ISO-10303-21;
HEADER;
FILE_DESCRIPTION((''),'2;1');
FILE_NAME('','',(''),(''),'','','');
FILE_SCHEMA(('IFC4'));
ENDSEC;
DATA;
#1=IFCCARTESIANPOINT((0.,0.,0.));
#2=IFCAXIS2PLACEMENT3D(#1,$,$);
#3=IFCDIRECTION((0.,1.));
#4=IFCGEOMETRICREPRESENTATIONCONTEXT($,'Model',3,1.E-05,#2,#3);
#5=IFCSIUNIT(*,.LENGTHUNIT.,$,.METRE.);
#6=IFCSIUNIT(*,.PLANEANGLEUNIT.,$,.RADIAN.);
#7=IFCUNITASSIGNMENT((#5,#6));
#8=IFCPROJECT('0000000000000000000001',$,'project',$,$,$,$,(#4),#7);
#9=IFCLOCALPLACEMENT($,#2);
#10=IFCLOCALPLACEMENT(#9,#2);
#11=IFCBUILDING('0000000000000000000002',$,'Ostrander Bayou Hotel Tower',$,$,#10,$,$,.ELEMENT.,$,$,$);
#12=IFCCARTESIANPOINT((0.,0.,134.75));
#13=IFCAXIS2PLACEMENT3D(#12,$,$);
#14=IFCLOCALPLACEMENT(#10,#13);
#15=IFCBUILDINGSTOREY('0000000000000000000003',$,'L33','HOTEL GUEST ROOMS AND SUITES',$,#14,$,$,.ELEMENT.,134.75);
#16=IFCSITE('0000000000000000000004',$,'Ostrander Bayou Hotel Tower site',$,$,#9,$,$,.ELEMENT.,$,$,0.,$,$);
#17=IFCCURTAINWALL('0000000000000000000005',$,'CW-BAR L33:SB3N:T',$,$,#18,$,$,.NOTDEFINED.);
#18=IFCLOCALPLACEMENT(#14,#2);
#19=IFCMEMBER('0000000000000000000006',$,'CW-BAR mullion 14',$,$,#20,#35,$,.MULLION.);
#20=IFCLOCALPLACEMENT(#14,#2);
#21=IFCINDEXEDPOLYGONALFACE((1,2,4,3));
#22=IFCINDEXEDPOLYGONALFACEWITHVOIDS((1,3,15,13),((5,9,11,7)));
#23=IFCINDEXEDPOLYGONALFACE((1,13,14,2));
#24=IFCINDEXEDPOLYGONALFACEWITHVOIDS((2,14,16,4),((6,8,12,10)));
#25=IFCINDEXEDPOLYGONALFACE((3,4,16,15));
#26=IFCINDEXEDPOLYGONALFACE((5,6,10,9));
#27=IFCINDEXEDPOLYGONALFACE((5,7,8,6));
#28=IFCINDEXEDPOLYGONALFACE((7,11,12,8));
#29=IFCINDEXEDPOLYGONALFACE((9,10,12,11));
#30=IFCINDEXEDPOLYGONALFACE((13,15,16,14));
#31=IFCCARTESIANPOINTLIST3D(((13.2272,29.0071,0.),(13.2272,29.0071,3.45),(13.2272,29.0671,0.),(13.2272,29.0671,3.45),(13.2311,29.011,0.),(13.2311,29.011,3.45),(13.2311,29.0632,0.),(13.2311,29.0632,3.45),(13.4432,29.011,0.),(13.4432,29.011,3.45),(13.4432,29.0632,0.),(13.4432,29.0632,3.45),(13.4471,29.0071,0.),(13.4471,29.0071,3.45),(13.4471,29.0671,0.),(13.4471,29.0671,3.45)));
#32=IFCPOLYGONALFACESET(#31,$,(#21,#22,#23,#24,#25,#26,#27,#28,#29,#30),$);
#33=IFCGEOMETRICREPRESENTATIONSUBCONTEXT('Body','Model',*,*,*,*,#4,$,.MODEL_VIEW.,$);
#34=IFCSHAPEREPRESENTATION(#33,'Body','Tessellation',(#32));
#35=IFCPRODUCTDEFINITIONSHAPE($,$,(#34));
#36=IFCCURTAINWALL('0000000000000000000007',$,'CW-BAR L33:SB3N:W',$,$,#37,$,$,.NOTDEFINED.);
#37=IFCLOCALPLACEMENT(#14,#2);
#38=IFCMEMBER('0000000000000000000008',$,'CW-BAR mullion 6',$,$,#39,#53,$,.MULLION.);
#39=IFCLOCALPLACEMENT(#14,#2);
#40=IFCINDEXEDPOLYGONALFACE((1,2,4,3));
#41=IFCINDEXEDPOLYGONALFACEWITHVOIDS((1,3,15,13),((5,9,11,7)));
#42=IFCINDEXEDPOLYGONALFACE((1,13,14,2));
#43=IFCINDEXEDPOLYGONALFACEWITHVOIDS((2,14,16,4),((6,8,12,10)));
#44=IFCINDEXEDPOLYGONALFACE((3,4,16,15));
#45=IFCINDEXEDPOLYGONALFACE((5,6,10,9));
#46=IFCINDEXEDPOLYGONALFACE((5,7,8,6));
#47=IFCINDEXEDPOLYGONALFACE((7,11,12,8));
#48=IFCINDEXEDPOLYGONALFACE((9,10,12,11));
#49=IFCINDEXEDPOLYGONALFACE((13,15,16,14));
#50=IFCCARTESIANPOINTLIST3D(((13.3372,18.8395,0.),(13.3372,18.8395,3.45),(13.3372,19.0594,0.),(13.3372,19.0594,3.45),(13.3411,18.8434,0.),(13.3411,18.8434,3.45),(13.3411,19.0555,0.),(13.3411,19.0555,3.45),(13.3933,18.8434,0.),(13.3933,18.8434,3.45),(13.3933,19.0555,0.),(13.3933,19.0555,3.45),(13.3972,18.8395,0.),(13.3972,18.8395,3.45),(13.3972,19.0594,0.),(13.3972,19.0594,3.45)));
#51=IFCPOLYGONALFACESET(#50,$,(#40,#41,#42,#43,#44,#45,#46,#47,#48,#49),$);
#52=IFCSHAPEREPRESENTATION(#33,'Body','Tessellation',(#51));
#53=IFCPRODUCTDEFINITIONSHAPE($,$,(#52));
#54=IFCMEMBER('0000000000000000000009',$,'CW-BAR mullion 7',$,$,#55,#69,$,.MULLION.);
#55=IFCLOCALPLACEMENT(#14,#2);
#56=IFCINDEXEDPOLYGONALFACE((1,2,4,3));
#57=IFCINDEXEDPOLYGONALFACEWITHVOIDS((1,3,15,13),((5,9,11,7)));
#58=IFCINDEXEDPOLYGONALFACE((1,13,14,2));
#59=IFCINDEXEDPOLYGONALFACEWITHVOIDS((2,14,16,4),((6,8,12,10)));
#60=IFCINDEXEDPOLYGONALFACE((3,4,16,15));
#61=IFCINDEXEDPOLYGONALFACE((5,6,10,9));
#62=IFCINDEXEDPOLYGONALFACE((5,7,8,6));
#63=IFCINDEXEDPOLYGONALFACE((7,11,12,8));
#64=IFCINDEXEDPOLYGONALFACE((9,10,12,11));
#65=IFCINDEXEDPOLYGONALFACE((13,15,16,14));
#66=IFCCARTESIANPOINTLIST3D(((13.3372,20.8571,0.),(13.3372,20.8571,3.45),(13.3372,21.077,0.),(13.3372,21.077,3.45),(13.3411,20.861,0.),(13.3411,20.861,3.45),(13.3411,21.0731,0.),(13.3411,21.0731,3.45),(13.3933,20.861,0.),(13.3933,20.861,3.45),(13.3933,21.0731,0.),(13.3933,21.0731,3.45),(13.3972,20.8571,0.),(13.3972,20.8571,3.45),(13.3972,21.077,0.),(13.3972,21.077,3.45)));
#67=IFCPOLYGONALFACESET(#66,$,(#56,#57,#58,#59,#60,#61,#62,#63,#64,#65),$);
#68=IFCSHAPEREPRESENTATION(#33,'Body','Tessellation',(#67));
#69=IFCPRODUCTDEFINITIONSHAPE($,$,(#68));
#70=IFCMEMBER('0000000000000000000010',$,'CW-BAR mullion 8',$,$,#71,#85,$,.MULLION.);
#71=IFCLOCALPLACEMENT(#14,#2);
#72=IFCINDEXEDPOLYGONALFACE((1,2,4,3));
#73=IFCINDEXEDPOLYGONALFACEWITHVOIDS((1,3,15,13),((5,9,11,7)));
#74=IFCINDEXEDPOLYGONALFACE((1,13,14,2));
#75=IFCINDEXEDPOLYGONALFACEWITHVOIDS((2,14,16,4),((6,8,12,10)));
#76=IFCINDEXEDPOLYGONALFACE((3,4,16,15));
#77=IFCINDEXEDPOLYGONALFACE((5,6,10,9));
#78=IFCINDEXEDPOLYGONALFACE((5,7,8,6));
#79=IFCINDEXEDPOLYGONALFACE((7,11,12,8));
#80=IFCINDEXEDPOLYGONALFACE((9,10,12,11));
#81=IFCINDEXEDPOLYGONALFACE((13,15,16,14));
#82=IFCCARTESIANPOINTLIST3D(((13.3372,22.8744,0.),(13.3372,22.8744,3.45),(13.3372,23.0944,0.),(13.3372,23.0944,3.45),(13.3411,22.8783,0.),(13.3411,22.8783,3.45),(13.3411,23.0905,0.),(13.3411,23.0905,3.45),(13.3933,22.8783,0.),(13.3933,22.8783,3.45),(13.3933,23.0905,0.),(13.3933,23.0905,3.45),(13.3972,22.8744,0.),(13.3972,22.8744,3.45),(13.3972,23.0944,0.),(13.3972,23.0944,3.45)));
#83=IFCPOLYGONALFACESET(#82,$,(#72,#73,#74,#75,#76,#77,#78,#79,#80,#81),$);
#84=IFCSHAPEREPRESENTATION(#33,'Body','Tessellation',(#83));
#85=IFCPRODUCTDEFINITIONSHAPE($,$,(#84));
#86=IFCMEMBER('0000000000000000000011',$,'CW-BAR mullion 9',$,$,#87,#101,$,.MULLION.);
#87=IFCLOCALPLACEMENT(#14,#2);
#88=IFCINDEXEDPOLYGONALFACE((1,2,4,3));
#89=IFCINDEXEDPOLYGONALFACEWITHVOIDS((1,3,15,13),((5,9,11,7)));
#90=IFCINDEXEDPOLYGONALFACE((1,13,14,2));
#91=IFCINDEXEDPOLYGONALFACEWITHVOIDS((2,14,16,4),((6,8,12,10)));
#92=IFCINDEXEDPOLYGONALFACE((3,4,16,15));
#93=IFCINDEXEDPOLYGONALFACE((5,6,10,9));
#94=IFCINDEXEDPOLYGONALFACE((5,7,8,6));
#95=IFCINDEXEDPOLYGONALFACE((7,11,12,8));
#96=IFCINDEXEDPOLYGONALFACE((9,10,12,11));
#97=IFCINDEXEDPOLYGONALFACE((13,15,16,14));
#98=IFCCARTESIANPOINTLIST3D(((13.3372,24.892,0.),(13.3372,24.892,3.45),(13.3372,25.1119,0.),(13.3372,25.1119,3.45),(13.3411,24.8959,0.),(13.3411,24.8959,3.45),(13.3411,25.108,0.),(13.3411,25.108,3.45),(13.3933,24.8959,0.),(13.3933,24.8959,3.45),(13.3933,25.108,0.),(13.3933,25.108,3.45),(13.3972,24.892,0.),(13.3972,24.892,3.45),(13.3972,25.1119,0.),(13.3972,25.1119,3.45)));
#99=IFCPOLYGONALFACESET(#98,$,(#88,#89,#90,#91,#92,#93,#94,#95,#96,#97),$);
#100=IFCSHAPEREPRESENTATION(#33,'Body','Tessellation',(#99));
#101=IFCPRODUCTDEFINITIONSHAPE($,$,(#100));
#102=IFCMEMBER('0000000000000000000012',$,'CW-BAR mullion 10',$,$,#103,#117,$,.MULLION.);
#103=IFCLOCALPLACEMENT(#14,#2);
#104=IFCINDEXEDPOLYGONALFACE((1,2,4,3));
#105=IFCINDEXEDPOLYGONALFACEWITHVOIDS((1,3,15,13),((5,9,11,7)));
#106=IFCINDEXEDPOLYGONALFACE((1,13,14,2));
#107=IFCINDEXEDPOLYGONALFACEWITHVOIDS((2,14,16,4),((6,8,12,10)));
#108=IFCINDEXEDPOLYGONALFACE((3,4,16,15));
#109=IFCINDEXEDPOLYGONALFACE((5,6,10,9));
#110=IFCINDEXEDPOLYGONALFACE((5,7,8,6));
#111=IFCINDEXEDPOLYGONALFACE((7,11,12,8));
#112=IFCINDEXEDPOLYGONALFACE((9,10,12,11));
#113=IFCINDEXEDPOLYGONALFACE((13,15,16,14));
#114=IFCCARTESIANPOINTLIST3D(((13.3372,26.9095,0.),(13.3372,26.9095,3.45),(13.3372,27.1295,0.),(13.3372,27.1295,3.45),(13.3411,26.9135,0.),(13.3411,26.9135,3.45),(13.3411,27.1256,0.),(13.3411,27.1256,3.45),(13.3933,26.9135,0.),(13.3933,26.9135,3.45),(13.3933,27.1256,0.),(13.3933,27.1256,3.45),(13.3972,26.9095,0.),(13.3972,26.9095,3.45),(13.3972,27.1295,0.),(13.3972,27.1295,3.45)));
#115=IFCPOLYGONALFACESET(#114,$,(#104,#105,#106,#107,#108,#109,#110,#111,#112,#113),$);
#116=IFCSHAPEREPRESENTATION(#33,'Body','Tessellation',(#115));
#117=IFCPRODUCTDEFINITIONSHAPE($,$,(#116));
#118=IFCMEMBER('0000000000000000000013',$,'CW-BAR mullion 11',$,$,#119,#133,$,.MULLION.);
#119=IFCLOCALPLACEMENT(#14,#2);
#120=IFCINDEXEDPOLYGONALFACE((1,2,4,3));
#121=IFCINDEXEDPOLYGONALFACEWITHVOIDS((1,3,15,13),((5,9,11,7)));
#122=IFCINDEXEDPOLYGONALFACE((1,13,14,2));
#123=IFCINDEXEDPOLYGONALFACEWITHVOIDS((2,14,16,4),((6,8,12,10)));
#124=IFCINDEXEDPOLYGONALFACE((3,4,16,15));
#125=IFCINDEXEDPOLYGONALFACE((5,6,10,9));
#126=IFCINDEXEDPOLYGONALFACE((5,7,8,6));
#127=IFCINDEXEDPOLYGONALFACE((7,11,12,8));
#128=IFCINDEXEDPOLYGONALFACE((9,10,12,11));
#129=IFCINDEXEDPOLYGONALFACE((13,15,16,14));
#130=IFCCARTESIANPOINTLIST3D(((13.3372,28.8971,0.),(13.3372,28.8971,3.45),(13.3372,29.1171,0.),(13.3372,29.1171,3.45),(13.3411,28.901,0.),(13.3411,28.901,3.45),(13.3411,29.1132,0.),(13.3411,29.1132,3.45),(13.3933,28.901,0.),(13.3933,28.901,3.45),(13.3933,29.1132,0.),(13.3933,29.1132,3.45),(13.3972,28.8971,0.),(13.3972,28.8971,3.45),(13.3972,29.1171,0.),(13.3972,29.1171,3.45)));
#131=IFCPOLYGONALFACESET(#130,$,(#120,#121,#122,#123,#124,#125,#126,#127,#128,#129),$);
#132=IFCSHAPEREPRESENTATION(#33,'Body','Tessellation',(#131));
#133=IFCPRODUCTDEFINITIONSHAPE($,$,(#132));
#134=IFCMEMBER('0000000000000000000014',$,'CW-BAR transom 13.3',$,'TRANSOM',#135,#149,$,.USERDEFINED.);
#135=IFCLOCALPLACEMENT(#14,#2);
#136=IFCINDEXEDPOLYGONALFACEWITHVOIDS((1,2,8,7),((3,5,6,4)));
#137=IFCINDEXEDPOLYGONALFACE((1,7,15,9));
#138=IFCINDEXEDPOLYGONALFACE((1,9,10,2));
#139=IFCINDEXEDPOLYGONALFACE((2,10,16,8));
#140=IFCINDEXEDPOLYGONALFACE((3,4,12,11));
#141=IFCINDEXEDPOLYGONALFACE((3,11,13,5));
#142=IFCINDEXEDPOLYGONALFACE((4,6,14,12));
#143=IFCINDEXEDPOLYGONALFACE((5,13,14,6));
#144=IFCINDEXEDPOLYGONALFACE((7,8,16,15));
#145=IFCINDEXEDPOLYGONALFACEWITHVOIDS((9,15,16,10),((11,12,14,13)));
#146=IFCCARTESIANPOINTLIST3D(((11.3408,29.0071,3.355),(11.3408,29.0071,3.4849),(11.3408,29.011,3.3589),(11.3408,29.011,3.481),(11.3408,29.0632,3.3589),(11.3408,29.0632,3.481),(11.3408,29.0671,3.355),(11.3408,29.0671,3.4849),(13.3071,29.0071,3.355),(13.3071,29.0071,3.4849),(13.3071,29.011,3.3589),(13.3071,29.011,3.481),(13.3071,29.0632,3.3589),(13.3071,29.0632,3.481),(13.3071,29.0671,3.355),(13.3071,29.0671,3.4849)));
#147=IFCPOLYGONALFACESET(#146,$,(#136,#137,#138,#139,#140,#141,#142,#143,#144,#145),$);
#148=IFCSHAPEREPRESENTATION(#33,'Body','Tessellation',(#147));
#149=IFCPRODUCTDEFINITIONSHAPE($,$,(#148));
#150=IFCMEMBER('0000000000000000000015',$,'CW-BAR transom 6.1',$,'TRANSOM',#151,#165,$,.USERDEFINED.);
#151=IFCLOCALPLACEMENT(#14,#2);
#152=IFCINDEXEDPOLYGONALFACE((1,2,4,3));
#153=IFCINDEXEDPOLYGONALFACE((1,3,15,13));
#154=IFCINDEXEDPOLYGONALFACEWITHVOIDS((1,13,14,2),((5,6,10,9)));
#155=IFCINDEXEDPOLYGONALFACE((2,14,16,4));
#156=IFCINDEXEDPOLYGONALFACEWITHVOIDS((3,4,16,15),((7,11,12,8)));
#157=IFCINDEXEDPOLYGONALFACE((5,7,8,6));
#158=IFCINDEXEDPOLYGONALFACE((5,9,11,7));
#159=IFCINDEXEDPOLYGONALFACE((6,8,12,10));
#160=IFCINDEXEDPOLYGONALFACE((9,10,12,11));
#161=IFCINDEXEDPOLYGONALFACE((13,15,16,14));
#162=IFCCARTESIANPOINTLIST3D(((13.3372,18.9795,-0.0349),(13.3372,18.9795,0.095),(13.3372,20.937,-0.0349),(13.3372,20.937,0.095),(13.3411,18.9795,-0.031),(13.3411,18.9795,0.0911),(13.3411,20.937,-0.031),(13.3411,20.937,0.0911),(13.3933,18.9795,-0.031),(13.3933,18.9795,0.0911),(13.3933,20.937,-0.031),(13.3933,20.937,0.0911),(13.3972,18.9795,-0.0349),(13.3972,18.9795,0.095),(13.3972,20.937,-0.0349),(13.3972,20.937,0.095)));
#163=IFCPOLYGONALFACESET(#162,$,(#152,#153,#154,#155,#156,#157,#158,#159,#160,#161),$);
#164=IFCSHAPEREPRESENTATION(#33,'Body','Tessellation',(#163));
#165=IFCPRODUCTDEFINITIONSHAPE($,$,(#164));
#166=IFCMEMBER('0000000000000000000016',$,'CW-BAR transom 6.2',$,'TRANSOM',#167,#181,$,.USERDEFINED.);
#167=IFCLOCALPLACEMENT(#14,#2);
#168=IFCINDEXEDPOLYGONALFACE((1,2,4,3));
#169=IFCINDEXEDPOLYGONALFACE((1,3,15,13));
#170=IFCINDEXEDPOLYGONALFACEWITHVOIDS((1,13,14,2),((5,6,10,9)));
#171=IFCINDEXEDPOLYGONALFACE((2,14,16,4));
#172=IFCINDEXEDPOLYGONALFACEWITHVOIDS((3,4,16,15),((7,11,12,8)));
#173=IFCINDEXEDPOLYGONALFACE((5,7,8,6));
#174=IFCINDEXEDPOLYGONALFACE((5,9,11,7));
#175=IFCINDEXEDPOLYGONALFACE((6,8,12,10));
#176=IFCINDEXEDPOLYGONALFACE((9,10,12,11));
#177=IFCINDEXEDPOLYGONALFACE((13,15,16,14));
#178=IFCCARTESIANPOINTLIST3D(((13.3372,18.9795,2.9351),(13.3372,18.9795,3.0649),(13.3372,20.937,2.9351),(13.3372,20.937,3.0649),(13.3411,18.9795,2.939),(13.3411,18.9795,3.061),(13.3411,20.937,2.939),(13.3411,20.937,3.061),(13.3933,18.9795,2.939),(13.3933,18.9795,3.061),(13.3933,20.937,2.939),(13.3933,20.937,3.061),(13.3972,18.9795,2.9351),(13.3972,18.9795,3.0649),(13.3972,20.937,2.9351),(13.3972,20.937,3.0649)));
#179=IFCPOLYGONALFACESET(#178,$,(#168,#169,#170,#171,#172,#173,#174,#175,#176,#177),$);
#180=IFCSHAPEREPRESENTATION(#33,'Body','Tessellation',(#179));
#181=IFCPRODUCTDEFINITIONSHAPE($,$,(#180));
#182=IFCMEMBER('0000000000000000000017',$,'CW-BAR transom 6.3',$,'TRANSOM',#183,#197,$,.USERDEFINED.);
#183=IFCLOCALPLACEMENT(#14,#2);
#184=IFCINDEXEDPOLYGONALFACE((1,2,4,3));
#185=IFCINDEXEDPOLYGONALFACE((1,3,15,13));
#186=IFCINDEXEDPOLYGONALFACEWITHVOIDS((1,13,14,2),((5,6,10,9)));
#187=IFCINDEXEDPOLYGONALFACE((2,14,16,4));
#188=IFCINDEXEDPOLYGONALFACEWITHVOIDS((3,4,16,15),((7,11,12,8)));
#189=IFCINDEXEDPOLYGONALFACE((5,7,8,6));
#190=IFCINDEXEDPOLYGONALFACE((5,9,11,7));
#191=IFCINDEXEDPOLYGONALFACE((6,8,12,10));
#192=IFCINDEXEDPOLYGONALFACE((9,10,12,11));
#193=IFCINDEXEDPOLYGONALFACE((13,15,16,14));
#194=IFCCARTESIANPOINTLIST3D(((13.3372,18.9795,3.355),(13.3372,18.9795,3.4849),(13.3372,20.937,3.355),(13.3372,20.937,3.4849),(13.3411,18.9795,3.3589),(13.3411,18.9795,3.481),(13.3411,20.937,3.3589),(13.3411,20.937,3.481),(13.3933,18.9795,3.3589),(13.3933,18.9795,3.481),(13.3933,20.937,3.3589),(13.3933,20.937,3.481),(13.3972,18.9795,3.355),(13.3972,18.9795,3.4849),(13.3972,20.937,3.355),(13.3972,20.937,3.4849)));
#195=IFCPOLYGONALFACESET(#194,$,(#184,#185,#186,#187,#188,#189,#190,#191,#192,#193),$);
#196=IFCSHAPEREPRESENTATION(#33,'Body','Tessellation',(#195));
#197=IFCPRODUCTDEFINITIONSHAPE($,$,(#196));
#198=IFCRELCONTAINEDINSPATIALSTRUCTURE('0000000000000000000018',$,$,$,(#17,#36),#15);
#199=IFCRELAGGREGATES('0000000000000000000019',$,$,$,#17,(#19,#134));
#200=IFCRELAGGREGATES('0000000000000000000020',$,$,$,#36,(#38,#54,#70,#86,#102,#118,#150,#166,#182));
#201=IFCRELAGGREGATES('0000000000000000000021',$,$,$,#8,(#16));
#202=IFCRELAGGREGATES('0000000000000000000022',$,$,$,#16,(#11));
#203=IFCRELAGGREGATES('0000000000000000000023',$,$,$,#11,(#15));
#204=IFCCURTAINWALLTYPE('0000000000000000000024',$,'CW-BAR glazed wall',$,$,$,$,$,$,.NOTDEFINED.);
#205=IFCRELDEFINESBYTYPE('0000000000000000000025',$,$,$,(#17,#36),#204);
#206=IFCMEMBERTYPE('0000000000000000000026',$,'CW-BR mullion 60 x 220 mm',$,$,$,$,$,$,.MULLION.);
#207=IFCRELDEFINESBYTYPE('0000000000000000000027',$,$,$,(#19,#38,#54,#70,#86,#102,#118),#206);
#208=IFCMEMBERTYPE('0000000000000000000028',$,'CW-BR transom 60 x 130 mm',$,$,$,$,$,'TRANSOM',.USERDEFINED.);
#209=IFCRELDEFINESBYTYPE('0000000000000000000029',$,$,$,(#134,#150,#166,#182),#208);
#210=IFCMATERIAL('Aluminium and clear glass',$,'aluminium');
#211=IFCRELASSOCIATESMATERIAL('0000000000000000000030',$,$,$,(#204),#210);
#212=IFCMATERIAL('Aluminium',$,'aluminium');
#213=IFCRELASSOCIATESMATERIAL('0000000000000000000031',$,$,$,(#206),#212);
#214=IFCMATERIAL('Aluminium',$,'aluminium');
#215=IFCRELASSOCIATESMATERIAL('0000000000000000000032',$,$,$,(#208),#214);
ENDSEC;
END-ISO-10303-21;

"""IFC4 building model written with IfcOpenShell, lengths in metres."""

from ifc_helpers import new_model, si_unit, direction, frame, origin, origin_2d, place, context, subcontext, project, spatial, hollow_rectangle, extrude, material, material_profile, profile_set, type_object, element, aggregate, save


model = new_model("IFC4")

# Units and contexts
model_context = context("Model", 3, precision=1e-05, world=origin(), true_north=direction((0.0, 1.0)))
body_context = subcontext(model_context, "Body", "Model", "MODEL_VIEW")
ifc_project = project(units=[si_unit("LENGTHUNIT", "METRE"), si_unit("PLANEANGLEUNIT", "RADIAN")], contexts=[model_context])

# Site, building, storey
site_placement = place(None, origin())
site = spatial("IfcSite", under=ifc_project, at=site_placement, Name="Ostrander Bayou Hotel Tower site", CompositionType="ELEMENT", RefElevation=0.0)
building_placement = place(site_placement, origin())
building = spatial("IfcBuilding", under=site, at=building_placement, Name="Ostrander Bayou Hotel Tower", CompositionType="ELEMENT")
storey_placement = place(building_placement, frame((0.0, 0.0, 134.75)))
storey = spatial("IfcBuildingStorey", under=building, at=storey_placement, Name="L33", Description="HOTEL GUEST ROOMS AND SUITES", CompositionType="ELEMENT", Elevation=134.75)

# Curtain wall, member
ifc_material_1 = material(Name="Aluminium and clear glass", Category="aluminium")
curtain_wall_type = type_object("IfcCurtainWallType", Name="CW-BAR glazed wall", PredefinedType="NOTDEFINED", material=ifc_material_1)
curtain_wall_1_placement = place(storey_placement, origin())
curtain_wall_1 = element("IfcCurtainWall", 1, at=curtain_wall_1_placement, inside=storey, type_object=curtain_wall_type, Name="CW-BAR L33:SB3N:T", PredefinedType="NOTDEFINED")
ifc_material_2 = material(Name="Aluminium", Category="aluminium")
ifc_material_profile_1 = material_profile(ifc_material_2, hollow_rectangle(XDim=0.0601, YDim=0.22, WallThickness=0.0039, at=origin_2d()))
ifc_profile_set_1 = profile_set([ifc_material_profile_1], Name="Aluminium")
member_type_1 = type_object("IfcMemberType", Name="CW-BR mullion 60 x 220 mm", PredefinedType="MULLION", material=ifc_profile_set_1)
member_1_placement = place(storey_placement, frame((13.3372, 29.0371, 0.0), z_axis=(0.0, 0.0, 1.0), x_axis=(0.0, 1.0, 0.0)))
member_1 = element("IfcMember", 2, at=member_1_placement, type_object=member_type_1, Name="CW-BAR mullion 14", PredefinedType="MULLION", context=body_context, shape_type="SweptSolid", body=[
    extrude(hollow_rectangle(XDim=0.0601, YDim=0.22, WallThickness=0.0039, at=origin_2d()), origin(), (0.0, 0.0, 1.0), 3.45),
])

# Curtain wall, members
curtain_wall_2_placement = place(storey_placement, origin())
curtain_wall_2 = element("IfcCurtainWall", 3, at=curtain_wall_2_placement, inside=storey, type_object=curtain_wall_type, Name="CW-BAR L33:SB3N:W", PredefinedType="NOTDEFINED")
member_2_placement = place(storey_placement, frame((13.3672, 18.9495, 0.0), z_axis=(0.0, 0.0, 1.0), x_axis=(-1.0, 0.0, 0.0)))
member_2 = element("IfcMember", 4, at=member_2_placement, type_object=member_type_1, Name="CW-BAR mullion 6", PredefinedType="MULLION", context=body_context, shape_type="SweptSolid", body=[
    extrude(hollow_rectangle(XDim=0.0601, YDim=0.22, WallThickness=0.0039, at=origin_2d()), origin(), (0.0, 0.0, 1.0), 3.45),
])
member_3_placement = place(storey_placement, frame((13.3672, 20.967, 0.0), z_axis=(0.0, 0.0, 1.0), x_axis=(-1.0, 0.0, 0.0)))
member_3 = element("IfcMember", 5, at=member_3_placement, type_object=member_type_1, Name="CW-BAR mullion 7", PredefinedType="MULLION", context=body_context, shape_type="SweptSolid", body=[
    extrude(hollow_rectangle(XDim=0.0601, YDim=0.22, WallThickness=0.0039, at=origin_2d()), origin(), (0.0, 0.0, 1.0), 3.45),
])
member_4_placement = place(storey_placement, frame((13.3672, 22.9844, 0.0), z_axis=(0.0, 0.0, 1.0), x_axis=(-1.0, 0.0, 0.0)))
member_4 = element("IfcMember", 6, at=member_4_placement, type_object=member_type_1, Name="CW-BAR mullion 8", PredefinedType="MULLION", context=body_context, shape_type="SweptSolid", body=[
    extrude(hollow_rectangle(XDim=0.0601, YDim=0.22, WallThickness=0.0039, at=origin_2d()), origin(), (0.0, 0.0, 1.0), 3.45),
])
member_5_placement = place(storey_placement, frame((13.3672, 25.002, 0.0), z_axis=(0.0, 0.0, 1.0), x_axis=(-1.0, 0.0, 0.0)))
member_5 = element("IfcMember", 7, at=member_5_placement, type_object=member_type_1, Name="CW-BAR mullion 9", PredefinedType="MULLION", context=body_context, shape_type="SweptSolid", body=[
    extrude(hollow_rectangle(XDim=0.0601, YDim=0.22, WallThickness=0.0039, at=origin_2d()), origin(), (0.0, 0.0, 1.0), 3.45),
])
member_6_placement = place(storey_placement, frame((13.3672, 27.0195, 0.0), z_axis=(0.0, 0.0, 1.0), x_axis=(-1.0, 0.0, 0.0)))
member_6 = element("IfcMember", 8, at=member_6_placement, type_object=member_type_1, Name="CW-BAR mullion 10", PredefinedType="MULLION", context=body_context, shape_type="SweptSolid", body=[
    extrude(hollow_rectangle(XDim=0.0601, YDim=0.22, WallThickness=0.0039, at=origin_2d()), origin(), (0.0, 0.0, 1.0), 3.45),
])
member_7_placement = place(storey_placement, frame((13.3672, 29.0071, 0.0), z_axis=(0.0, 0.0, 1.0), x_axis=(-1.0, 0.0, 0.0)))
member_7 = element("IfcMember", 9, at=member_7_placement, type_object=member_type_1, Name="CW-BAR mullion 11", PredefinedType="MULLION", context=body_context, shape_type="SweptSolid", body=[
    extrude(hollow_rectangle(XDim=0.0601, YDim=0.22, WallThickness=0.0039, at=origin_2d()), origin(), (0.0, 0.0, 1.0), 3.45),
])

# Members
ifc_material_3 = material(Name="Aluminium", Category="aluminium")
ifc_material_profile_2 = material_profile(ifc_material_3, hollow_rectangle(XDim=0.0601, YDim=0.1299, WallThickness=0.0039, at=origin_2d()))
ifc_profile_set_2 = profile_set([ifc_material_profile_2], Name="Aluminium")
member_type_2 = type_object("IfcMemberType", Name="CW-BR transom 60 x 130 mm", ElementType="TRANSOM", PredefinedType="USERDEFINED", material=ifc_profile_set_2)
member_8_placement = place(storey_placement, frame((11.3408, 29.0371, 3.4199), z_axis=(1.0, 0.0, 0.0), x_axis=(0.0, 1.0, 0.0)))
member_8 = element("IfcMember", 10, at=member_8_placement, type_object=member_type_2, Name="CW-BAR transom 13.3", ObjectType="TRANSOM", PredefinedType="USERDEFINED", context=body_context, shape_type="SweptSolid", body=[
    extrude(hollow_rectangle(XDim=0.0601, YDim=0.1299, WallThickness=0.0039, at=origin_2d()), origin(), (0.0, 0.0, 1.0), 1.9663),
])
member_9_placement = place(storey_placement, frame((13.3672, 18.9795, 0.03), z_axis=(0.0, 1.0, 0.0), x_axis=(-1.0, 0.0, 0.0)))
member_9 = element("IfcMember", 11, at=member_9_placement, type_object=member_type_2, Name="CW-BAR transom 6.1", ObjectType="TRANSOM", PredefinedType="USERDEFINED", context=body_context, shape_type="SweptSolid", body=[
    extrude(hollow_rectangle(XDim=0.0601, YDim=0.1299, WallThickness=0.0039, at=origin_2d()), origin(), (0.0, 0.0, 1.0), 1.9575),
])
member_10_placement = place(storey_placement, frame((13.3672, 18.9795, 3.0), z_axis=(0.0, 1.0, 0.0), x_axis=(-1.0, 0.0, 0.0)))
member_10 = element("IfcMember", 12, at=member_10_placement, type_object=member_type_2, Name="CW-BAR transom 6.2", ObjectType="TRANSOM", PredefinedType="USERDEFINED", context=body_context, shape_type="SweptSolid", body=[
    extrude(hollow_rectangle(XDim=0.0601, YDim=0.1299, WallThickness=0.0039, at=origin_2d()), origin(), (0.0, 0.0, 1.0), 1.9575),
])
member_11_placement = place(storey_placement, frame((13.3672, 18.9795, 3.4199), z_axis=(0.0, 1.0, 0.0), x_axis=(-1.0, 0.0, 0.0)))
member_11 = element("IfcMember", 13, at=member_11_placement, type_object=member_type_2, Name="CW-BAR transom 6.3", ObjectType="TRANSOM", PredefinedType="USERDEFINED", context=body_context, shape_type="SweptSolid", body=[
    extrude(hollow_rectangle(XDim=0.0601, YDim=0.1299, WallThickness=0.0039, at=origin_2d()), origin(), (0.0, 0.0, 1.0), 1.9575),
])

aggregate(curtain_wall_1, [member_1, member_8])
aggregate(curtain_wall_2, [member_2, member_3, member_4, member_5, member_6, member_7, member_9, member_10, member_11])

save(model, "model.ifc")
